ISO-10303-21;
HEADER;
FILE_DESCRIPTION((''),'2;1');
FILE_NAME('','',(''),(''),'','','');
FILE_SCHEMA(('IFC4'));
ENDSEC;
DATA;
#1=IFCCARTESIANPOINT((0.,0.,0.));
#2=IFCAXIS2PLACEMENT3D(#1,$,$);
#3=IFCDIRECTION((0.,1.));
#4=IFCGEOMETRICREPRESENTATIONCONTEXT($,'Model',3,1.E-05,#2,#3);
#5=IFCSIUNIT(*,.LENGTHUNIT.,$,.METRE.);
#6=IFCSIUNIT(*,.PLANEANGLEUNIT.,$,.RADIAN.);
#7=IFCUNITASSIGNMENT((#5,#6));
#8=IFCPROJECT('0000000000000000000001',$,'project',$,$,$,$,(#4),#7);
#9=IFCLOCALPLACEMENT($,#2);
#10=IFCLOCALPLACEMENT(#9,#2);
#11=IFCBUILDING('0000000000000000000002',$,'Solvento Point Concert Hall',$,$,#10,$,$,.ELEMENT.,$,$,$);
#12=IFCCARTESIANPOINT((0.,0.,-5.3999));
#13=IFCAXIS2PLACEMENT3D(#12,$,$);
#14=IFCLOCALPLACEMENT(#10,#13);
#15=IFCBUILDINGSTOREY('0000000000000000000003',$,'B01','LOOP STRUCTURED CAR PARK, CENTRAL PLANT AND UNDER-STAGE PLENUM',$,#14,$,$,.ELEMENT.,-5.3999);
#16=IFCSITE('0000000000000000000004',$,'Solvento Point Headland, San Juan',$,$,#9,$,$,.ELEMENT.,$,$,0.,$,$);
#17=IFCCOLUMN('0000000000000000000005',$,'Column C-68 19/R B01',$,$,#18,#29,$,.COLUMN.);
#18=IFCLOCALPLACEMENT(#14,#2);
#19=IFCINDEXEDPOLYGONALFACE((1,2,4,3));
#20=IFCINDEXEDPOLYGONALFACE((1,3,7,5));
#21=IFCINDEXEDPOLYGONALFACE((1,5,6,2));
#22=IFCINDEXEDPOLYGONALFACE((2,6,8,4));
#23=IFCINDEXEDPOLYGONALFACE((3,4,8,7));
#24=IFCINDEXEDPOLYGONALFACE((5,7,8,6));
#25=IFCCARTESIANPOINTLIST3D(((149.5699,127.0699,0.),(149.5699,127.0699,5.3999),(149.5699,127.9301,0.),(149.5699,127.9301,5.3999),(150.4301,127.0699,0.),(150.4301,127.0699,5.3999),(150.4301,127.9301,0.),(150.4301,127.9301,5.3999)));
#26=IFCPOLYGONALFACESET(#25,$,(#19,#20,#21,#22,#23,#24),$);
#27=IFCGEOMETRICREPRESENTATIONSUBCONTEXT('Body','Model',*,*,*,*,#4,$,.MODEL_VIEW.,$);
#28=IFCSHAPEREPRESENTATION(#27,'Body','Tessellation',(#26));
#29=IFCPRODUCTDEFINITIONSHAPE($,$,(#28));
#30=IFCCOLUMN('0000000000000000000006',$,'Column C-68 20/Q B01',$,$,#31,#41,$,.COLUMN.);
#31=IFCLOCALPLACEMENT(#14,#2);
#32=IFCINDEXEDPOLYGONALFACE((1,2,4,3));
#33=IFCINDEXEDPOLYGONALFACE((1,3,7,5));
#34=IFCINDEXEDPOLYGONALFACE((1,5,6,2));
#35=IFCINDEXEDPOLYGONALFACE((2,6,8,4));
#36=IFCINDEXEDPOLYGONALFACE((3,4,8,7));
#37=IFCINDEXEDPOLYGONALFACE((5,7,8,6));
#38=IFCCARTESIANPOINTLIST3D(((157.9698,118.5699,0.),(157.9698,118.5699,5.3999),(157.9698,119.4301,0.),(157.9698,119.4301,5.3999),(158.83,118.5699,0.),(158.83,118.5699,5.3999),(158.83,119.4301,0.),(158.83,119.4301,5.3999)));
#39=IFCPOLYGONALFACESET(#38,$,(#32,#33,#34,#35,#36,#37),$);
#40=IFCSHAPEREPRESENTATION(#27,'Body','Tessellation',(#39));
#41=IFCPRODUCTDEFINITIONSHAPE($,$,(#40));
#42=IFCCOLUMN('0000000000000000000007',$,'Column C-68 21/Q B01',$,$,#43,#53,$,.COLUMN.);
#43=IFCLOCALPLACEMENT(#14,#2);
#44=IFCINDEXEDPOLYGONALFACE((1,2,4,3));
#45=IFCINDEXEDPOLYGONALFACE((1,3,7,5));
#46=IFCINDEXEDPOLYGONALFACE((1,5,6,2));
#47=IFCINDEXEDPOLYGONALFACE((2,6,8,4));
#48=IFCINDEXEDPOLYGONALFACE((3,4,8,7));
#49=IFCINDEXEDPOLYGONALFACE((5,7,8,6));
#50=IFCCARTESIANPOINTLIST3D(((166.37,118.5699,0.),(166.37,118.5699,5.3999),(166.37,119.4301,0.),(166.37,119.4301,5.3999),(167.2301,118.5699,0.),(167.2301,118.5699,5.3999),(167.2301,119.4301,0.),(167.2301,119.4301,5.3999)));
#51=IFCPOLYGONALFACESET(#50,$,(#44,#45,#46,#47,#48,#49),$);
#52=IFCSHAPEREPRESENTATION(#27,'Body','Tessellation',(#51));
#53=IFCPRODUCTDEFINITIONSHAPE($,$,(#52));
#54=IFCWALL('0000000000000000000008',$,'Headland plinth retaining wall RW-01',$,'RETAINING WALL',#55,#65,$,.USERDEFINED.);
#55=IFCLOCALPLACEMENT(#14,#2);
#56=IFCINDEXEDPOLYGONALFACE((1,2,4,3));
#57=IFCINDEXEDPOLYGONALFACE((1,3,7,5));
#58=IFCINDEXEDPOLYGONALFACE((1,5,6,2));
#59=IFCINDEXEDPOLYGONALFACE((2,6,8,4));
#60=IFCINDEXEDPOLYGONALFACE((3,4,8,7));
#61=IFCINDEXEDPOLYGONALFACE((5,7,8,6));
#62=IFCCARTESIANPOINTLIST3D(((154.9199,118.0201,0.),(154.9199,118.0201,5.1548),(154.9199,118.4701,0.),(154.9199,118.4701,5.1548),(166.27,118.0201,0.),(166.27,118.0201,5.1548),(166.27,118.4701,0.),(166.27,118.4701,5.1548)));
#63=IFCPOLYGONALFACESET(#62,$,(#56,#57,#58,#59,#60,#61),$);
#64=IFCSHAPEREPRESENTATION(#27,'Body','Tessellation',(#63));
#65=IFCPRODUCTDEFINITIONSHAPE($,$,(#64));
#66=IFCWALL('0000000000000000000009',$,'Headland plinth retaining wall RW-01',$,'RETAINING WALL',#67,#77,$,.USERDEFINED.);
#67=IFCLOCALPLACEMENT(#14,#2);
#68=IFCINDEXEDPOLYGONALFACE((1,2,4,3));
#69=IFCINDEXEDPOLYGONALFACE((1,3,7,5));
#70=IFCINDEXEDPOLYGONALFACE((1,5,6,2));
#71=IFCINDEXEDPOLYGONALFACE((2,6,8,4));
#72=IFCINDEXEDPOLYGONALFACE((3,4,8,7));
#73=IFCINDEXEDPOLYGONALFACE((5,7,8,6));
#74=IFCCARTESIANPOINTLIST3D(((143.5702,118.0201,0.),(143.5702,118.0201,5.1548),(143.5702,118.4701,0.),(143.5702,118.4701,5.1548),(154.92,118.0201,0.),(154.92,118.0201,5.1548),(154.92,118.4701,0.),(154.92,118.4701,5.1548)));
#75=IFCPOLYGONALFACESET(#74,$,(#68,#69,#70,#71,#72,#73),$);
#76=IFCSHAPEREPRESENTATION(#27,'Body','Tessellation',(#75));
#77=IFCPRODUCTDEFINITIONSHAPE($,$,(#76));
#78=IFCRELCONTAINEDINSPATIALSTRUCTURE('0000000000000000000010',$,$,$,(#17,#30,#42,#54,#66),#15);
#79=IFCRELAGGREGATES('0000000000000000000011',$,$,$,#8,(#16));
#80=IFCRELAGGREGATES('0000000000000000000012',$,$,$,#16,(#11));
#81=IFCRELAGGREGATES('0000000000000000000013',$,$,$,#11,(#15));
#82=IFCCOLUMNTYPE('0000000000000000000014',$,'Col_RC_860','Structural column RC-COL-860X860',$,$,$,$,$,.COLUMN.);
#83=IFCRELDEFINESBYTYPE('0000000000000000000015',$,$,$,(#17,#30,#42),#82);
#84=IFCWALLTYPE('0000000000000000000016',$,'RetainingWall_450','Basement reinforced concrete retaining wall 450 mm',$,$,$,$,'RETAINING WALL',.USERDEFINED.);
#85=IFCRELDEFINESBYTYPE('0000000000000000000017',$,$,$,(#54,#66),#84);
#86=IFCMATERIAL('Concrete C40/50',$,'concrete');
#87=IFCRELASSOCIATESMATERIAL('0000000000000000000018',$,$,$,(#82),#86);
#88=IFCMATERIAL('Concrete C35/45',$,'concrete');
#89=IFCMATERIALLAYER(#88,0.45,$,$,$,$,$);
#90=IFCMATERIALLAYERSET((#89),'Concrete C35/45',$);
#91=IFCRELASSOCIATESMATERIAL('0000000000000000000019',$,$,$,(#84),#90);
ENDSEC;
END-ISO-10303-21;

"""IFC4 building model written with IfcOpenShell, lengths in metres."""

from ifc_helpers import new_model, si_unit, direction, frame, frame_2d, origin, origin_2d, place, context, subcontext, project, spatial, rectangle, extrude, material, layer, layer_set, material_profile, profile_set, type_object, element, save


model = new_model("IFC4")

# Units and contexts
model_context = context("Model", 3, precision=1e-05, world=origin(), true_north=direction((0.0, 1.0)))
body_context = subcontext(model_context, "Body", "Model", "MODEL_VIEW")
ifc_project = project(units=[si_unit("LENGTHUNIT", "METRE"), si_unit("PLANEANGLEUNIT", "RADIAN")], contexts=[model_context])

# Site, building, storey
site_placement = place(None, origin())
site = spatial("IfcSite", under=ifc_project, at=site_placement, Name="Solvento Point Headland, San Juan", CompositionType="ELEMENT", RefElevation=0.0)
building_placement = place(site_placement, origin())
building = spatial("IfcBuilding", under=site, at=building_placement, Name="Solvento Point Concert Hall", CompositionType="ELEMENT")
storey_placement = place(building_placement, frame((0.0, 0.0, -5.3999)))
storey = spatial("IfcBuildingStorey", under=building, at=storey_placement, Name="B01", Description="LOOP STRUCTURED CAR PARK, CENTRAL PLANT AND UNDER-STAGE PLENUM", CompositionType="ELEMENT", Elevation=-5.3999)

# Columns
ifc_material_1 = material(Name="Concrete C40/50", Category="concrete")
ifc_material_profile_1 = material_profile(ifc_material_1, rectangle(XDim=0.8601, YDim=0.8601, at=origin_2d()), Name="RC-COL-860X860")
ifc_profile_set_1 = profile_set([ifc_material_profile_1], Name="Concrete C40/50")
column_type = type_object("IfcColumnType", Name="Col_RC_860", Description="Structural column RC-COL-860X860", PredefinedType="COLUMN", material=ifc_profile_set_1)
for number, where, z_axis, x_axis, name in (
    (1, (150.0, 127.5, 0.0), (0.0, 0.0, 1.0), (1.0, 0.0, 0.0), "Column C-68 19/R B01"),
    (2, (158.3999, 119.0, 0.0), (0.0, 0.0, 1.0), (1.0, 0.0, 0.0), "Column C-68 20/Q B01"),
    (3, (166.8, 119.0, 0.0), (0.0, 0.0, 1.0), (1.0, 0.0, 0.0), "Column C-68 21/Q B01"),
):
    element("IfcColumn", number, at=place(storey_placement, frame(where, z_axis=z_axis, x_axis=x_axis)), inside=storey, type_object=column_type, Name=name, PredefinedType="COLUMN", context=body_context, shape_type="SweptSolid", body=[
        extrude(rectangle(XDim=0.8601, YDim=0.8601, at=origin_2d()), origin(), (0.0, 0.0, 1.0), 5.3999),
    ])

# Walls
ifc_material_2 = material(Name="Concrete C35/45", Category="concrete")
ifc_layer = layer(ifc_material_2, 0.45)
ifc_layer_set = layer_set([ifc_layer], Name="Concrete C35/45")
wall_type = type_object("IfcWallType", Name="RetainingWall_450", Description="Basement reinforced concrete retaining wall 450 mm", ElementType="RETAINING WALL", PredefinedType="USERDEFINED", material=ifc_layer_set)
wall_1_placement = place(storey_placement, frame((166.27, 118.2451, 0.0), z_axis=(0.0, 0.0, 1.0), x_axis=(-1.0, 0.0, 0.0)))
element("IfcWall", 4, at=wall_1_placement, inside=storey, type_object=wall_type, Name="Headland plinth retaining wall RW-01", ObjectType="RETAINING WALL", PredefinedType="USERDEFINED", context=body_context, shape_type="SweptSolid", body=[
    extrude(rectangle(XDim=11.3501, YDim=0.45, at=frame_2d((5.675, 0.0))), origin(), (0.0, 0.0, 1.0), 5.1548),
])
wall_2_placement = place(storey_placement, frame((154.9199, 118.2451, 0.0), z_axis=(0.0, 0.0, 1.0), x_axis=(-1.0, 0.0, 0.0)))
element("IfcWall", 5, at=wall_2_placement, inside=storey, type_object=wall_type, Name="Headland plinth retaining wall RW-01", ObjectType="RETAINING WALL", PredefinedType="USERDEFINED", context=body_context, shape_type="SweptSolid", body=[
    extrude(rectangle(XDim=11.3499, YDim=0.45, at=frame_2d((5.6748, 0.0))), origin(), (0.0, 0.0, 1.0), 5.1548),
])

save(model, "model.ifc")
